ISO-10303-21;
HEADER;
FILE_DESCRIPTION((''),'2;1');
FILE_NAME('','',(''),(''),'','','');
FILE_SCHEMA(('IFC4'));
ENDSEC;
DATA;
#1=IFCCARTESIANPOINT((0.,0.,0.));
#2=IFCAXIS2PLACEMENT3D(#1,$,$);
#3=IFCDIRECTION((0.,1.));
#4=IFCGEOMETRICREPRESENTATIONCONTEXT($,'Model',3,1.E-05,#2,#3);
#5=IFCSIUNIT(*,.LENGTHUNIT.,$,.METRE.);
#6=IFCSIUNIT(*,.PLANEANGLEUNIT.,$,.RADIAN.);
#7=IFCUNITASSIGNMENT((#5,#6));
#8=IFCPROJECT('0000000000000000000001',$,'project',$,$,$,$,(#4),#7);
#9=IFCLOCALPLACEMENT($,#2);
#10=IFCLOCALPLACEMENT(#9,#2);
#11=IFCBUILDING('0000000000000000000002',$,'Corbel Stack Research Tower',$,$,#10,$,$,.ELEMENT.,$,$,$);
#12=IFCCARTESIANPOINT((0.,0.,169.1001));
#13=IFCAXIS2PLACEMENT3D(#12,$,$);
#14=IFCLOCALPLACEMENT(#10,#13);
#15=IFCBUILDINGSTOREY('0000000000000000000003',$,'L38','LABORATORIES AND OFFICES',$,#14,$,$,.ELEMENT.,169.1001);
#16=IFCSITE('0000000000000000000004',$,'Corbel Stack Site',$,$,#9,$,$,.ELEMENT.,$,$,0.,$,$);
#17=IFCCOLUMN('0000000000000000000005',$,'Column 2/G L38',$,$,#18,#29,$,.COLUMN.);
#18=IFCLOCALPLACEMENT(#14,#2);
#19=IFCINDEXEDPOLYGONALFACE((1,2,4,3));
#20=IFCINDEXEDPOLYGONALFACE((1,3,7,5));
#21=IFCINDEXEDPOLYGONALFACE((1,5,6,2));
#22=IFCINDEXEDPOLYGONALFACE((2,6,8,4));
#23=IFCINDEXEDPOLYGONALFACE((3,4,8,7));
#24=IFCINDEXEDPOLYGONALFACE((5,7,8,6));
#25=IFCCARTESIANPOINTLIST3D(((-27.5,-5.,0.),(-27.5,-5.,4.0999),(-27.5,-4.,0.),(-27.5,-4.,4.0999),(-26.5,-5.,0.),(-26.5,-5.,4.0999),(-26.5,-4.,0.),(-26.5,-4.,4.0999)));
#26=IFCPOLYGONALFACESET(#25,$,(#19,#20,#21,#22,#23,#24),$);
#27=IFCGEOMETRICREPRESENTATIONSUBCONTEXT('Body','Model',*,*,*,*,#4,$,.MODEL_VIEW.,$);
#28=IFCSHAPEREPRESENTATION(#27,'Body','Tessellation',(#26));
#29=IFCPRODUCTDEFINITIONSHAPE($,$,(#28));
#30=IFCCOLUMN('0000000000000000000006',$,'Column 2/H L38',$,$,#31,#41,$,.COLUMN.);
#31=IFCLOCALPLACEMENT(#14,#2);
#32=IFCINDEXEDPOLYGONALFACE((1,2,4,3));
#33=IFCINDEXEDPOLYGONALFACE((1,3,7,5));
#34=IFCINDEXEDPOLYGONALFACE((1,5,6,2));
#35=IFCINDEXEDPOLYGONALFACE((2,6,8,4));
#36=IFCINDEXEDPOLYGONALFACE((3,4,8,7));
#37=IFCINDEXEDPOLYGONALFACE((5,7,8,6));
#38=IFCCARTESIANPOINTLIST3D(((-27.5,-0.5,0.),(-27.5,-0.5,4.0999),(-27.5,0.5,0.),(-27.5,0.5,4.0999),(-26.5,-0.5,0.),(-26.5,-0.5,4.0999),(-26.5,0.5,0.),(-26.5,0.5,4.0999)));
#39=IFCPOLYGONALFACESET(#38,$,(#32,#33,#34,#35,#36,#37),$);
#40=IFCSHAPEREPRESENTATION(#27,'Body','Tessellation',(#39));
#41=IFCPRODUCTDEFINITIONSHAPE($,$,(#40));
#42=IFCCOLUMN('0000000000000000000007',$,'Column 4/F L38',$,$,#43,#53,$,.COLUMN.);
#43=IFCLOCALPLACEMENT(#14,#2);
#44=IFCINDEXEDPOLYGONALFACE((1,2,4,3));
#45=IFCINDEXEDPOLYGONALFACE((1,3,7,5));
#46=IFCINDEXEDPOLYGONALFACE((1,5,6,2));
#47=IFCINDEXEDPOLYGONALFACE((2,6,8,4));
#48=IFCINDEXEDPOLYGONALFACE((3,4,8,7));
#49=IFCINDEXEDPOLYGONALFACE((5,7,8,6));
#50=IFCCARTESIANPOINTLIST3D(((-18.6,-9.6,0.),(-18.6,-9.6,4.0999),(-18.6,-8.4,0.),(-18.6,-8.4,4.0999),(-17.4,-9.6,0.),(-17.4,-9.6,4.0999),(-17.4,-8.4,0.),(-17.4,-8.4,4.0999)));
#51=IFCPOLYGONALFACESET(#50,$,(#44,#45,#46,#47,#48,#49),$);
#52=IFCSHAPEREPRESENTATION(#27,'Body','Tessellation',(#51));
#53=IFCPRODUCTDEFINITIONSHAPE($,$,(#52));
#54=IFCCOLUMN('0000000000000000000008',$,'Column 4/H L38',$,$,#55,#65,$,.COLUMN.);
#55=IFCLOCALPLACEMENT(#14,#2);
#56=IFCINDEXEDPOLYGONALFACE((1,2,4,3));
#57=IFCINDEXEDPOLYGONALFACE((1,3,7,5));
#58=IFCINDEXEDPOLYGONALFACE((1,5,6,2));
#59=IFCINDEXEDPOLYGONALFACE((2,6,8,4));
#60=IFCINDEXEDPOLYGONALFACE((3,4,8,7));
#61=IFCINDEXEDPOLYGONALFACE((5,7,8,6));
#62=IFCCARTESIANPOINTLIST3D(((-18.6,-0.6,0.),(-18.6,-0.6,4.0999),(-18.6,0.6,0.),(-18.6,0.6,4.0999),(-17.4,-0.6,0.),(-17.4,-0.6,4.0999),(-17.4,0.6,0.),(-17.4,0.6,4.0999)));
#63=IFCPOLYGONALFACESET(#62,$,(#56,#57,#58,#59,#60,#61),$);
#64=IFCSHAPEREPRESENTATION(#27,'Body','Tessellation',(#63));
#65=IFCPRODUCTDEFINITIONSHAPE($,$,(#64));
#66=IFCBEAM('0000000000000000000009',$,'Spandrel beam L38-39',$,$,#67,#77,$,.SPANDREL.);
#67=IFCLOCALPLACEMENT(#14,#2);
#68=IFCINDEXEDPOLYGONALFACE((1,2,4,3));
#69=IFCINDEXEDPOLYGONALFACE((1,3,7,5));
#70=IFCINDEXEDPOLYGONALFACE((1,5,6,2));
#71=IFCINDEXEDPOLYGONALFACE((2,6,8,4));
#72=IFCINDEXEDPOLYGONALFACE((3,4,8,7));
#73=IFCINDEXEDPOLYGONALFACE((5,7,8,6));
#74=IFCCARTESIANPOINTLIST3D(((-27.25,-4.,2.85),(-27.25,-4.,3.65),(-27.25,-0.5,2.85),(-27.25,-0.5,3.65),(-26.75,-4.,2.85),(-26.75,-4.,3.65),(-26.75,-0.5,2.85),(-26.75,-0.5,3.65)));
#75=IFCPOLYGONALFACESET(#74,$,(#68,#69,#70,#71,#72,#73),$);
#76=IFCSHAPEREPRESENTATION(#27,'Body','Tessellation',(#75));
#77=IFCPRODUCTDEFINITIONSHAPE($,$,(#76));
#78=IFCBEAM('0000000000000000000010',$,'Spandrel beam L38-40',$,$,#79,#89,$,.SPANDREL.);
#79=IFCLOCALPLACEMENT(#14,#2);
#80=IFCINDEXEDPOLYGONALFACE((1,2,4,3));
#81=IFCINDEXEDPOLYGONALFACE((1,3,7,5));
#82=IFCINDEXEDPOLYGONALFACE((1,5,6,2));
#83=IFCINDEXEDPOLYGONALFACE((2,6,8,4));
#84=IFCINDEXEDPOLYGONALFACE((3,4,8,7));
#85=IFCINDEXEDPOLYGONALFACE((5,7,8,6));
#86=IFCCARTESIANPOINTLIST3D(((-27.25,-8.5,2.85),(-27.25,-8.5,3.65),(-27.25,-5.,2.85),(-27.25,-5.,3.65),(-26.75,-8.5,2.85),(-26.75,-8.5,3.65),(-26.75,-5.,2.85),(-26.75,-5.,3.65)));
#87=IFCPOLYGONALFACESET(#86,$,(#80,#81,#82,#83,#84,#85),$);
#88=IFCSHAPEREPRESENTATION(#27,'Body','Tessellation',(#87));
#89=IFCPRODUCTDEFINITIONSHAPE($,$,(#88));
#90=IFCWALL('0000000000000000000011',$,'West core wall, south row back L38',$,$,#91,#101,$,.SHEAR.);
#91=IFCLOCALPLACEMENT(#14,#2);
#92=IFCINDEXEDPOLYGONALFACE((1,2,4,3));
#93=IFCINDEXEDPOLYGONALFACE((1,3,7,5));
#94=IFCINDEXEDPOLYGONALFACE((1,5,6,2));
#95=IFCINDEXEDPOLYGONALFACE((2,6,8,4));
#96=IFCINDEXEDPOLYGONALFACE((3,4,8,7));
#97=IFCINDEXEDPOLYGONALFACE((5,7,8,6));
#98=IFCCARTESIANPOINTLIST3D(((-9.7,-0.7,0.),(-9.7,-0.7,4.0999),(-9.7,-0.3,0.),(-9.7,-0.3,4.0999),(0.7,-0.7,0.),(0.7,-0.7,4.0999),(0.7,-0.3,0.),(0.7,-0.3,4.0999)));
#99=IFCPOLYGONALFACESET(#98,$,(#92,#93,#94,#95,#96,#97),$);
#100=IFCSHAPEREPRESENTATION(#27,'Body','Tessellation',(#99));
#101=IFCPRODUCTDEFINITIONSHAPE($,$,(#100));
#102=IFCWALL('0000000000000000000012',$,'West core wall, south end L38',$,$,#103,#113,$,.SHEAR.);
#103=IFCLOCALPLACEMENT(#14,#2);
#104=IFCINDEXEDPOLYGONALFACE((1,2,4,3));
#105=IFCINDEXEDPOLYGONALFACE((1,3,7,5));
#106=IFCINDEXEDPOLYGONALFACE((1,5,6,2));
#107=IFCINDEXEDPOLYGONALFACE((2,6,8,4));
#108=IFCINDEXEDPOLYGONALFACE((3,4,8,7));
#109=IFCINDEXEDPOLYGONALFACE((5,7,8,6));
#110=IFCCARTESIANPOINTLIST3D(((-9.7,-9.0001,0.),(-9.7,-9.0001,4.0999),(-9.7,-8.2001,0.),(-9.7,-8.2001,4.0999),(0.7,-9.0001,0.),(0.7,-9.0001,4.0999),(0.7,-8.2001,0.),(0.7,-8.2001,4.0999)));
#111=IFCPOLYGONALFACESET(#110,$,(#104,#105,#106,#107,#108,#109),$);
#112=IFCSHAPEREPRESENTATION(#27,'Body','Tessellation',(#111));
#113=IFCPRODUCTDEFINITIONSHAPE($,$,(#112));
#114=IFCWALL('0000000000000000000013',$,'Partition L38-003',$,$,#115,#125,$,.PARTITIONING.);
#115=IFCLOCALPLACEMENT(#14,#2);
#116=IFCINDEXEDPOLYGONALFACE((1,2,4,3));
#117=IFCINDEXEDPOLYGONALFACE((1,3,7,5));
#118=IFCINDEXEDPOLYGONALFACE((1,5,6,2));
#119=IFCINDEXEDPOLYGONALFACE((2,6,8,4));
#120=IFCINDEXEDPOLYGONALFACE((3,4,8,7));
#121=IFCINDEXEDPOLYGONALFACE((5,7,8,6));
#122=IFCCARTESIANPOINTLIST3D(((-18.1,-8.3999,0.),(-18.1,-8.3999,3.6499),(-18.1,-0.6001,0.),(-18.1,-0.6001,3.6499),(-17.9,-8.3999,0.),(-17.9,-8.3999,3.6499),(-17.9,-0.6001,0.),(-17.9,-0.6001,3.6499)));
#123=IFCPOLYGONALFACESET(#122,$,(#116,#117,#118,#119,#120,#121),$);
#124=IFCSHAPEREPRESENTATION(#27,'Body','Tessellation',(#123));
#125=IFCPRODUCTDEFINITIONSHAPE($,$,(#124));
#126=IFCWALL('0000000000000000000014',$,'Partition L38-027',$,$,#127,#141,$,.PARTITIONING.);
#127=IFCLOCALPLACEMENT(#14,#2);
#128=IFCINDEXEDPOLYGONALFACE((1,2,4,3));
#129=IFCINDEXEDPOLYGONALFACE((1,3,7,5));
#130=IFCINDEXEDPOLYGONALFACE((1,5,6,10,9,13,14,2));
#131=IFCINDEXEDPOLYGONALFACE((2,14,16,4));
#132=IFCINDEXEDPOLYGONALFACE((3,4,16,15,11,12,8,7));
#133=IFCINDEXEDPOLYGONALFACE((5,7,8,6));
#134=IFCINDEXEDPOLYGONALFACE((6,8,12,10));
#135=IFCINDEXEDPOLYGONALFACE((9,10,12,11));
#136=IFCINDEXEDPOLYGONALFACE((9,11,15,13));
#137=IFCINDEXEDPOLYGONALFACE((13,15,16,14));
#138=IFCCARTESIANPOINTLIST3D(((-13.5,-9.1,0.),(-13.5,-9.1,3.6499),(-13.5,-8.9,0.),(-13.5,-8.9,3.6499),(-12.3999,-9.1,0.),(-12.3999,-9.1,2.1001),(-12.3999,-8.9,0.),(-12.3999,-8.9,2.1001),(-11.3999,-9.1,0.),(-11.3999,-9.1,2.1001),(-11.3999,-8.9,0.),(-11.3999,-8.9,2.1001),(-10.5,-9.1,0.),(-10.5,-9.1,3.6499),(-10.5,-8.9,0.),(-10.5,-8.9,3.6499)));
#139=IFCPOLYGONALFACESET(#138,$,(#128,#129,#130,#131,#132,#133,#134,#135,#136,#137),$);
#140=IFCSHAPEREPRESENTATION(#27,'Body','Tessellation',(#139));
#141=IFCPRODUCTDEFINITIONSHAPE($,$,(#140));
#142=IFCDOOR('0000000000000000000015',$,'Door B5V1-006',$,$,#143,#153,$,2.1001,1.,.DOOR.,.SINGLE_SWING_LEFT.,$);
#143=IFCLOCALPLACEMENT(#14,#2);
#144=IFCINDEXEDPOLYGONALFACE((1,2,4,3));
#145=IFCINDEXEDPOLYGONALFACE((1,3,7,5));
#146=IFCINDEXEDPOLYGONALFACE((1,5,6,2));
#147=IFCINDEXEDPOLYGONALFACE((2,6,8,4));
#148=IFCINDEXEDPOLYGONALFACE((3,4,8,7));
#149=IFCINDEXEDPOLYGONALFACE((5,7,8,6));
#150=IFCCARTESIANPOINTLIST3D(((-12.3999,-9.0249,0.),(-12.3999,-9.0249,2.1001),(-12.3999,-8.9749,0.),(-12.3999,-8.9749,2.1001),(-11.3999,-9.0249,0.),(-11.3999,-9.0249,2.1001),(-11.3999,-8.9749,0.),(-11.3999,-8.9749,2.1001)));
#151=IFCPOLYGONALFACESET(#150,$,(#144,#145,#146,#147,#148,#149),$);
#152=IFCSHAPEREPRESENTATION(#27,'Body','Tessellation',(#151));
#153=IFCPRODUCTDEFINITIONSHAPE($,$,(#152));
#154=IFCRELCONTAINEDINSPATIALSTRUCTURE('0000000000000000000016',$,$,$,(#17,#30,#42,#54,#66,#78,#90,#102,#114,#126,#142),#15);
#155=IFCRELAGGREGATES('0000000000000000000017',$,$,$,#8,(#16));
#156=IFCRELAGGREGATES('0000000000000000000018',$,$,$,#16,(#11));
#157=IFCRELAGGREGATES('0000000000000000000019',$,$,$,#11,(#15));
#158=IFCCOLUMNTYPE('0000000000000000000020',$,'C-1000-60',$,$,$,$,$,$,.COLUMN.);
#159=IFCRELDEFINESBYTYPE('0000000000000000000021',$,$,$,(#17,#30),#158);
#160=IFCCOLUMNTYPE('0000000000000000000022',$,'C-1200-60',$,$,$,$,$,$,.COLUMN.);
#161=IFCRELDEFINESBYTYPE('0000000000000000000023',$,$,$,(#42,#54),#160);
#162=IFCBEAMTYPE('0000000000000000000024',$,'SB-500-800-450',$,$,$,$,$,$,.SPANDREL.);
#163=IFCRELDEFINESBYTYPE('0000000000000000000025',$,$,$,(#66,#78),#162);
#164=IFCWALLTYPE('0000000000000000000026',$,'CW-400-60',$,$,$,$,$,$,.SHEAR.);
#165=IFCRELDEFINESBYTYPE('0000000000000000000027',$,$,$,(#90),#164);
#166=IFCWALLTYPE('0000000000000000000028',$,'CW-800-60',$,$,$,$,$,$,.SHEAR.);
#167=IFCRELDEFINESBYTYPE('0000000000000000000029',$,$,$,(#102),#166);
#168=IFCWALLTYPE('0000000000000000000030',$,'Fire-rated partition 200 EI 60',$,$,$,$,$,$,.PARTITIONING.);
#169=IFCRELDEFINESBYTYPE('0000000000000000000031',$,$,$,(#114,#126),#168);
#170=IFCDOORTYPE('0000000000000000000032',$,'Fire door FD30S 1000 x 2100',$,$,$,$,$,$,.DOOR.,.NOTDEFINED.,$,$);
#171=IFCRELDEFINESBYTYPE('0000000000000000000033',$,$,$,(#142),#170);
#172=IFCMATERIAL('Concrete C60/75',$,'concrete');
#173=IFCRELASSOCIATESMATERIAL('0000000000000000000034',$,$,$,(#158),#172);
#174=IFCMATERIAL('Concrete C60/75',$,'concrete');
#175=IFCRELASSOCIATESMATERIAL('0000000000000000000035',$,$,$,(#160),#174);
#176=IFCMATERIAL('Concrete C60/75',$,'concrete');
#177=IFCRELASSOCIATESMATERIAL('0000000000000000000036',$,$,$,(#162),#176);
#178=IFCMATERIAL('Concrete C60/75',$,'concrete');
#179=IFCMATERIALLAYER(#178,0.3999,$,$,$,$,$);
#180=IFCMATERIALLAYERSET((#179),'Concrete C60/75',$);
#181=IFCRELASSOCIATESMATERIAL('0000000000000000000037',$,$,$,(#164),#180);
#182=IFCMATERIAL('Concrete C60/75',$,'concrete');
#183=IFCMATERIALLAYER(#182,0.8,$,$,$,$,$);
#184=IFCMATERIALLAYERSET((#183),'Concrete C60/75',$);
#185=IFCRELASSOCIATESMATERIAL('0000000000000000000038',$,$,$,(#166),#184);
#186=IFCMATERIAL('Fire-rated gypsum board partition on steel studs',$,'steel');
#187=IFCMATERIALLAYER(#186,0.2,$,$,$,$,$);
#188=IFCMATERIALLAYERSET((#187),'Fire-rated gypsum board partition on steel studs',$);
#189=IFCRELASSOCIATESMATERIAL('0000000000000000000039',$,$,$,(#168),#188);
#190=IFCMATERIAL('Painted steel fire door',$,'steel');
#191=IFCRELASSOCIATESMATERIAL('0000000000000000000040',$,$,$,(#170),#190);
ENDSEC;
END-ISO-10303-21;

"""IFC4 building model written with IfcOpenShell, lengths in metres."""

from ifc_helpers import new_model, si_unit, direction, frame, frame_2d, origin, origin_2d, place, context, subcontext, project, spatial, rectangle, extrude, material, layer, layer_set, material_profile, profile_set, type_object, element, fill, save


model = new_model("IFC4")

# Units and contexts
model_context = context("Model", 3, precision=1e-05, world=origin(), true_north=direction((0.0, 1.0)))
body_context = subcontext(model_context, "Body", "Model", "MODEL_VIEW")
ifc_project = project(units=[si_unit("LENGTHUNIT", "METRE"), si_unit("PLANEANGLEUNIT", "RADIAN")], contexts=[model_context])

# Site, building, storey
site_placement = place(None, origin())
site = spatial("IfcSite", under=ifc_project, at=site_placement, Name="Corbel Stack Site", CompositionType="ELEMENT", RefElevation=0.0)
building_placement = place(site_placement, origin())
building = spatial("IfcBuilding", under=site, at=building_placement, Name="Corbel Stack Research Tower", CompositionType="ELEMENT")
storey_placement = place(building_placement, frame((0.0, 0.0, 169.1001)))
storey = spatial("IfcBuildingStorey", under=building, at=storey_placement, Name="L38", Description="LABORATORIES AND OFFICES", CompositionType="ELEMENT", Elevation=169.1001)

# Columns
ifc_material_1 = material(Name="Concrete C60/75", Category="concrete")
ifc_material_profile_1 = material_profile(ifc_material_1, rectangle(XDim=1.0, YDim=1.0, at=origin_2d()), Name="RC 1000 x 1000")
ifc_profile_set_1 = profile_set([ifc_material_profile_1], Name="Concrete C60/75")
column_type_1 = type_object("IfcColumnType", Name="C-1000-60", PredefinedType="COLUMN", material=ifc_profile_set_1)
for number, where, z_axis, x_axis, name in (
    (1, (-27.0, -4.5, 0.0), (0.0, 0.0, 1.0), (1.0, 0.0, 0.0), "Column 2/G L38"),
    (2, (-27.0, 0.0, 0.0), (0.0, 0.0, 1.0), (1.0, 0.0, 0.0), "Column 2/H L38"),
):
    element("IfcColumn", number, at=place(storey_placement, frame(where, z_axis=z_axis, x_axis=x_axis)), inside=storey, type_object=column_type_1, Name=name, PredefinedType="COLUMN", context=body_context, shape_type="SweptSolid", body=[
        extrude(rectangle(XDim=1.0, YDim=1.0, at=origin_2d()), origin(), (0.0, 0.0, 1.0), 4.0999),
    ])
ifc_material_2 = material(Name="Concrete C60/75", Category="concrete")
ifc_material_profile_2 = material_profile(ifc_material_2, rectangle(XDim=1.2, YDim=1.2, at=origin_2d()), Name="RC 1200 x 1200")
ifc_profile_set_2 = profile_set([ifc_material_profile_2], Name="Concrete C60/75")
column_type_2 = type_object("IfcColumnType", Name="C-1200-60", PredefinedType="COLUMN", material=ifc_profile_set_2)
for number, where, z_axis, x_axis, name in (
    (3, (-18.0, -9.0, 0.0), (0.0, 0.0, 1.0), (1.0, 0.0, 0.0), "Column 4/F L38"),
    (4, (-18.0, 0.0, 0.0), (0.0, 0.0, 1.0), (1.0, 0.0, 0.0), "Column 4/H L38"),
):
    element("IfcColumn", number, at=place(storey_placement, frame(where, z_axis=z_axis, x_axis=x_axis)), inside=storey, type_object=column_type_2, Name=name, PredefinedType="COLUMN", context=body_context, shape_type="SweptSolid", body=[
        extrude(rectangle(XDim=1.2, YDim=1.2, at=origin_2d()), origin(), (0.0, 0.0, 1.0), 4.0999),
    ])

# Beams
ifc_material_3 = material(Name="Concrete C60/75", Category="concrete")
ifc_material_profile_3 = material_profile(ifc_material_3, rectangle(XDim=0.5, YDim=0.8, at=origin_2d()), Name="RC 500 x 800")
ifc_profile_set_3 = profile_set([ifc_material_profile_3], Name="Concrete C60/75")
beam_type = type_object("IfcBeamType", Name="SB-500-800-450", PredefinedType="SPANDREL", material=ifc_profile_set_3)
for number, where, z_axis, x_axis, name in (
    (5, (-27.0, -0.5, 3.25), (0.0, -1.0, 0.0), (1.0, 0.0, 0.0), "Spandrel beam L38-39"),
    (6, (-27.0, -5.0, 3.25), (0.0, -1.0, 0.0), (1.0, 0.0, 0.0), "Spandrel beam L38-40"),
):
    element("IfcBeam", number, at=place(storey_placement, frame(where, z_axis=z_axis, x_axis=x_axis)), inside=storey, type_object=beam_type, Name=name, PredefinedType="SPANDREL", context=body_context, shape_type="SweptSolid", body=[
        extrude(rectangle(XDim=0.5, YDim=0.8, at=origin_2d()), origin(), (0.0, 0.0, 1.0), 3.5),
    ])

# Wall
ifc_material_4 = material(Name="Concrete C60/75", Category="concrete")
ifc_layer_1 = layer(ifc_material_4, 0.3999)
ifc_layer_set_1 = layer_set([ifc_layer_1], Name="Concrete C60/75")
wall_type_1 = type_object("IfcWallType", Name="CW-400-60", PredefinedType="SHEAR", material=ifc_layer_set_1)
wall_1_placement = place(storey_placement, frame((-9.7, -0.5, 0.0), z_axis=(0.0, 0.0, 1.0), x_axis=(1.0, 0.0, 0.0)))
element("IfcWall", 7, at=wall_1_placement, inside=storey, type_object=wall_type_1, Name="West core wall, south row back L38", PredefinedType="SHEAR", context=body_context, shape_type="SweptSolid", body=[
    extrude(rectangle(XDim=10.3999, YDim=0.3999, at=frame_2d((5.2, 0.0))), origin(), (0.0, 0.0, 1.0), 4.0999),
])

# Shared definitions
ifc_material_5 = material(Name="Concrete C60/75", Category="concrete")
ifc_layer_2 = layer(ifc_material_5, 0.8)
ifc_layer_set_2 = layer_set([ifc_layer_2], Name="Concrete C60/75")
wall_type_2 = type_object("IfcWallType", Name="CW-800-60", PredefinedType="SHEAR", material=ifc_layer_set_2)

# Walls
wall_2_placement = place(storey_placement, frame((-9.7, -8.6001, 0.0), z_axis=(0.0, 0.0, 1.0), x_axis=(1.0, 0.0, 0.0)))
element("IfcWall", 8, at=wall_2_placement, inside=storey, type_object=wall_type_2, Name="West core wall, south end L38", PredefinedType="SHEAR", context=body_context, shape_type="SweptSolid", body=[
    extrude(rectangle(XDim=10.3999, YDim=0.8, at=frame_2d((5.2, 0.0))), origin(), (0.0, 0.0, 1.0), 4.0999),
])
ifc_material_6 = material(Name="Fire-rated gypsum board partition on steel studs", Category="steel")
ifc_layer_3 = layer(ifc_material_6, 0.2)
ifc_layer_set_3 = layer_set([ifc_layer_3], Name="Fire-rated gypsum board partition on steel studs")
wall_type_3 = type_object("IfcWallType", Name="Fire-rated partition 200 EI 60", PredefinedType="PARTITIONING", material=ifc_layer_set_3)
wall_3_placement = place(storey_placement, frame((-18.0, -8.3999, 0.0), z_axis=(0.0, 0.0, 1.0), x_axis=(0.0, 1.0, 0.0)))
element("IfcWall", 9, at=wall_3_placement, inside=storey, type_object=wall_type_3, Name="Partition L38-003", PredefinedType="PARTITIONING", context=body_context, shape_type="SweptSolid", body=[
    extrude(rectangle(XDim=7.7998, YDim=0.2, at=frame_2d((3.8999, 0.0))), origin(), (0.0, 0.0, 1.0), 3.6499),
])

# Wall, opening, door
wall_4_placement = place(storey_placement, frame((-10.5, -9.0, 0.0), z_axis=(0.0, 0.0, 1.0), x_axis=(-1.0, 0.0, 0.0)))
wall_4 = element("IfcWall", 10, at=wall_4_placement, inside=storey, type_object=wall_type_3, Name="Partition L38-027", PredefinedType="PARTITIONING", context=body_context, shape_type="SweptSolid", body=[
    extrude(rectangle(XDim=3.0, YDim=0.2, at=frame_2d((1.5, 0.0))), origin(), (0.0, 0.0, 1.0), 3.6499),
])
opening_1_placement = place(wall_4_placement, frame((0.8999, 0.0, 0.0)))
opening_1 = element("IfcOpeningElement", 11, at=opening_1_placement, cuts=wall_4, PredefinedType="OPENING", context=body_context, shape_type="SweptSolid", body=[
    extrude(rectangle(XDim=1.0, YDim=2.1001, at=frame_2d((0.5, 1.05))), frame((0.0, 0.1099, 0.0), z_axis=(0.0, -1.0, 0.0), x_axis=(1.0, 0.0, 0.0)), (0.0, 0.0, 1.0), 0.22),
])
ifc_material_7 = material(Name="Painted steel fire door", Category="steel")
door_type_1 = type_object("IfcDoorType", Name="Fire door FD30S 1000 x 2100", OperationType="NOTDEFINED", PredefinedType="DOOR", material=ifc_material_7)
door_1_placement = place(opening_1_placement, origin())
door_1 = element("IfcDoor", 12, at=door_1_placement, inside=storey, type_object=door_type_1, Name="Door B5V1-006", OperationType="SINGLE_SWING_LEFT", OverallHeight=2.1001, OverallWidth=1.0, PredefinedType="DOOR", context=body_context, shape_type="SweptSolid", body=[
    extrude(rectangle(XDim=1.0, YDim=2.1001, at=frame_2d((0.5, 1.05))), frame((0.0, 0.0249, 0.0), z_axis=(0.0, -1.0, 0.0), x_axis=(1.0, 0.0, 0.0)), (0.0, 0.0, 1.0), 0.05),
])
fill(opening_1, door_1)

save(model, "model.ifc")
